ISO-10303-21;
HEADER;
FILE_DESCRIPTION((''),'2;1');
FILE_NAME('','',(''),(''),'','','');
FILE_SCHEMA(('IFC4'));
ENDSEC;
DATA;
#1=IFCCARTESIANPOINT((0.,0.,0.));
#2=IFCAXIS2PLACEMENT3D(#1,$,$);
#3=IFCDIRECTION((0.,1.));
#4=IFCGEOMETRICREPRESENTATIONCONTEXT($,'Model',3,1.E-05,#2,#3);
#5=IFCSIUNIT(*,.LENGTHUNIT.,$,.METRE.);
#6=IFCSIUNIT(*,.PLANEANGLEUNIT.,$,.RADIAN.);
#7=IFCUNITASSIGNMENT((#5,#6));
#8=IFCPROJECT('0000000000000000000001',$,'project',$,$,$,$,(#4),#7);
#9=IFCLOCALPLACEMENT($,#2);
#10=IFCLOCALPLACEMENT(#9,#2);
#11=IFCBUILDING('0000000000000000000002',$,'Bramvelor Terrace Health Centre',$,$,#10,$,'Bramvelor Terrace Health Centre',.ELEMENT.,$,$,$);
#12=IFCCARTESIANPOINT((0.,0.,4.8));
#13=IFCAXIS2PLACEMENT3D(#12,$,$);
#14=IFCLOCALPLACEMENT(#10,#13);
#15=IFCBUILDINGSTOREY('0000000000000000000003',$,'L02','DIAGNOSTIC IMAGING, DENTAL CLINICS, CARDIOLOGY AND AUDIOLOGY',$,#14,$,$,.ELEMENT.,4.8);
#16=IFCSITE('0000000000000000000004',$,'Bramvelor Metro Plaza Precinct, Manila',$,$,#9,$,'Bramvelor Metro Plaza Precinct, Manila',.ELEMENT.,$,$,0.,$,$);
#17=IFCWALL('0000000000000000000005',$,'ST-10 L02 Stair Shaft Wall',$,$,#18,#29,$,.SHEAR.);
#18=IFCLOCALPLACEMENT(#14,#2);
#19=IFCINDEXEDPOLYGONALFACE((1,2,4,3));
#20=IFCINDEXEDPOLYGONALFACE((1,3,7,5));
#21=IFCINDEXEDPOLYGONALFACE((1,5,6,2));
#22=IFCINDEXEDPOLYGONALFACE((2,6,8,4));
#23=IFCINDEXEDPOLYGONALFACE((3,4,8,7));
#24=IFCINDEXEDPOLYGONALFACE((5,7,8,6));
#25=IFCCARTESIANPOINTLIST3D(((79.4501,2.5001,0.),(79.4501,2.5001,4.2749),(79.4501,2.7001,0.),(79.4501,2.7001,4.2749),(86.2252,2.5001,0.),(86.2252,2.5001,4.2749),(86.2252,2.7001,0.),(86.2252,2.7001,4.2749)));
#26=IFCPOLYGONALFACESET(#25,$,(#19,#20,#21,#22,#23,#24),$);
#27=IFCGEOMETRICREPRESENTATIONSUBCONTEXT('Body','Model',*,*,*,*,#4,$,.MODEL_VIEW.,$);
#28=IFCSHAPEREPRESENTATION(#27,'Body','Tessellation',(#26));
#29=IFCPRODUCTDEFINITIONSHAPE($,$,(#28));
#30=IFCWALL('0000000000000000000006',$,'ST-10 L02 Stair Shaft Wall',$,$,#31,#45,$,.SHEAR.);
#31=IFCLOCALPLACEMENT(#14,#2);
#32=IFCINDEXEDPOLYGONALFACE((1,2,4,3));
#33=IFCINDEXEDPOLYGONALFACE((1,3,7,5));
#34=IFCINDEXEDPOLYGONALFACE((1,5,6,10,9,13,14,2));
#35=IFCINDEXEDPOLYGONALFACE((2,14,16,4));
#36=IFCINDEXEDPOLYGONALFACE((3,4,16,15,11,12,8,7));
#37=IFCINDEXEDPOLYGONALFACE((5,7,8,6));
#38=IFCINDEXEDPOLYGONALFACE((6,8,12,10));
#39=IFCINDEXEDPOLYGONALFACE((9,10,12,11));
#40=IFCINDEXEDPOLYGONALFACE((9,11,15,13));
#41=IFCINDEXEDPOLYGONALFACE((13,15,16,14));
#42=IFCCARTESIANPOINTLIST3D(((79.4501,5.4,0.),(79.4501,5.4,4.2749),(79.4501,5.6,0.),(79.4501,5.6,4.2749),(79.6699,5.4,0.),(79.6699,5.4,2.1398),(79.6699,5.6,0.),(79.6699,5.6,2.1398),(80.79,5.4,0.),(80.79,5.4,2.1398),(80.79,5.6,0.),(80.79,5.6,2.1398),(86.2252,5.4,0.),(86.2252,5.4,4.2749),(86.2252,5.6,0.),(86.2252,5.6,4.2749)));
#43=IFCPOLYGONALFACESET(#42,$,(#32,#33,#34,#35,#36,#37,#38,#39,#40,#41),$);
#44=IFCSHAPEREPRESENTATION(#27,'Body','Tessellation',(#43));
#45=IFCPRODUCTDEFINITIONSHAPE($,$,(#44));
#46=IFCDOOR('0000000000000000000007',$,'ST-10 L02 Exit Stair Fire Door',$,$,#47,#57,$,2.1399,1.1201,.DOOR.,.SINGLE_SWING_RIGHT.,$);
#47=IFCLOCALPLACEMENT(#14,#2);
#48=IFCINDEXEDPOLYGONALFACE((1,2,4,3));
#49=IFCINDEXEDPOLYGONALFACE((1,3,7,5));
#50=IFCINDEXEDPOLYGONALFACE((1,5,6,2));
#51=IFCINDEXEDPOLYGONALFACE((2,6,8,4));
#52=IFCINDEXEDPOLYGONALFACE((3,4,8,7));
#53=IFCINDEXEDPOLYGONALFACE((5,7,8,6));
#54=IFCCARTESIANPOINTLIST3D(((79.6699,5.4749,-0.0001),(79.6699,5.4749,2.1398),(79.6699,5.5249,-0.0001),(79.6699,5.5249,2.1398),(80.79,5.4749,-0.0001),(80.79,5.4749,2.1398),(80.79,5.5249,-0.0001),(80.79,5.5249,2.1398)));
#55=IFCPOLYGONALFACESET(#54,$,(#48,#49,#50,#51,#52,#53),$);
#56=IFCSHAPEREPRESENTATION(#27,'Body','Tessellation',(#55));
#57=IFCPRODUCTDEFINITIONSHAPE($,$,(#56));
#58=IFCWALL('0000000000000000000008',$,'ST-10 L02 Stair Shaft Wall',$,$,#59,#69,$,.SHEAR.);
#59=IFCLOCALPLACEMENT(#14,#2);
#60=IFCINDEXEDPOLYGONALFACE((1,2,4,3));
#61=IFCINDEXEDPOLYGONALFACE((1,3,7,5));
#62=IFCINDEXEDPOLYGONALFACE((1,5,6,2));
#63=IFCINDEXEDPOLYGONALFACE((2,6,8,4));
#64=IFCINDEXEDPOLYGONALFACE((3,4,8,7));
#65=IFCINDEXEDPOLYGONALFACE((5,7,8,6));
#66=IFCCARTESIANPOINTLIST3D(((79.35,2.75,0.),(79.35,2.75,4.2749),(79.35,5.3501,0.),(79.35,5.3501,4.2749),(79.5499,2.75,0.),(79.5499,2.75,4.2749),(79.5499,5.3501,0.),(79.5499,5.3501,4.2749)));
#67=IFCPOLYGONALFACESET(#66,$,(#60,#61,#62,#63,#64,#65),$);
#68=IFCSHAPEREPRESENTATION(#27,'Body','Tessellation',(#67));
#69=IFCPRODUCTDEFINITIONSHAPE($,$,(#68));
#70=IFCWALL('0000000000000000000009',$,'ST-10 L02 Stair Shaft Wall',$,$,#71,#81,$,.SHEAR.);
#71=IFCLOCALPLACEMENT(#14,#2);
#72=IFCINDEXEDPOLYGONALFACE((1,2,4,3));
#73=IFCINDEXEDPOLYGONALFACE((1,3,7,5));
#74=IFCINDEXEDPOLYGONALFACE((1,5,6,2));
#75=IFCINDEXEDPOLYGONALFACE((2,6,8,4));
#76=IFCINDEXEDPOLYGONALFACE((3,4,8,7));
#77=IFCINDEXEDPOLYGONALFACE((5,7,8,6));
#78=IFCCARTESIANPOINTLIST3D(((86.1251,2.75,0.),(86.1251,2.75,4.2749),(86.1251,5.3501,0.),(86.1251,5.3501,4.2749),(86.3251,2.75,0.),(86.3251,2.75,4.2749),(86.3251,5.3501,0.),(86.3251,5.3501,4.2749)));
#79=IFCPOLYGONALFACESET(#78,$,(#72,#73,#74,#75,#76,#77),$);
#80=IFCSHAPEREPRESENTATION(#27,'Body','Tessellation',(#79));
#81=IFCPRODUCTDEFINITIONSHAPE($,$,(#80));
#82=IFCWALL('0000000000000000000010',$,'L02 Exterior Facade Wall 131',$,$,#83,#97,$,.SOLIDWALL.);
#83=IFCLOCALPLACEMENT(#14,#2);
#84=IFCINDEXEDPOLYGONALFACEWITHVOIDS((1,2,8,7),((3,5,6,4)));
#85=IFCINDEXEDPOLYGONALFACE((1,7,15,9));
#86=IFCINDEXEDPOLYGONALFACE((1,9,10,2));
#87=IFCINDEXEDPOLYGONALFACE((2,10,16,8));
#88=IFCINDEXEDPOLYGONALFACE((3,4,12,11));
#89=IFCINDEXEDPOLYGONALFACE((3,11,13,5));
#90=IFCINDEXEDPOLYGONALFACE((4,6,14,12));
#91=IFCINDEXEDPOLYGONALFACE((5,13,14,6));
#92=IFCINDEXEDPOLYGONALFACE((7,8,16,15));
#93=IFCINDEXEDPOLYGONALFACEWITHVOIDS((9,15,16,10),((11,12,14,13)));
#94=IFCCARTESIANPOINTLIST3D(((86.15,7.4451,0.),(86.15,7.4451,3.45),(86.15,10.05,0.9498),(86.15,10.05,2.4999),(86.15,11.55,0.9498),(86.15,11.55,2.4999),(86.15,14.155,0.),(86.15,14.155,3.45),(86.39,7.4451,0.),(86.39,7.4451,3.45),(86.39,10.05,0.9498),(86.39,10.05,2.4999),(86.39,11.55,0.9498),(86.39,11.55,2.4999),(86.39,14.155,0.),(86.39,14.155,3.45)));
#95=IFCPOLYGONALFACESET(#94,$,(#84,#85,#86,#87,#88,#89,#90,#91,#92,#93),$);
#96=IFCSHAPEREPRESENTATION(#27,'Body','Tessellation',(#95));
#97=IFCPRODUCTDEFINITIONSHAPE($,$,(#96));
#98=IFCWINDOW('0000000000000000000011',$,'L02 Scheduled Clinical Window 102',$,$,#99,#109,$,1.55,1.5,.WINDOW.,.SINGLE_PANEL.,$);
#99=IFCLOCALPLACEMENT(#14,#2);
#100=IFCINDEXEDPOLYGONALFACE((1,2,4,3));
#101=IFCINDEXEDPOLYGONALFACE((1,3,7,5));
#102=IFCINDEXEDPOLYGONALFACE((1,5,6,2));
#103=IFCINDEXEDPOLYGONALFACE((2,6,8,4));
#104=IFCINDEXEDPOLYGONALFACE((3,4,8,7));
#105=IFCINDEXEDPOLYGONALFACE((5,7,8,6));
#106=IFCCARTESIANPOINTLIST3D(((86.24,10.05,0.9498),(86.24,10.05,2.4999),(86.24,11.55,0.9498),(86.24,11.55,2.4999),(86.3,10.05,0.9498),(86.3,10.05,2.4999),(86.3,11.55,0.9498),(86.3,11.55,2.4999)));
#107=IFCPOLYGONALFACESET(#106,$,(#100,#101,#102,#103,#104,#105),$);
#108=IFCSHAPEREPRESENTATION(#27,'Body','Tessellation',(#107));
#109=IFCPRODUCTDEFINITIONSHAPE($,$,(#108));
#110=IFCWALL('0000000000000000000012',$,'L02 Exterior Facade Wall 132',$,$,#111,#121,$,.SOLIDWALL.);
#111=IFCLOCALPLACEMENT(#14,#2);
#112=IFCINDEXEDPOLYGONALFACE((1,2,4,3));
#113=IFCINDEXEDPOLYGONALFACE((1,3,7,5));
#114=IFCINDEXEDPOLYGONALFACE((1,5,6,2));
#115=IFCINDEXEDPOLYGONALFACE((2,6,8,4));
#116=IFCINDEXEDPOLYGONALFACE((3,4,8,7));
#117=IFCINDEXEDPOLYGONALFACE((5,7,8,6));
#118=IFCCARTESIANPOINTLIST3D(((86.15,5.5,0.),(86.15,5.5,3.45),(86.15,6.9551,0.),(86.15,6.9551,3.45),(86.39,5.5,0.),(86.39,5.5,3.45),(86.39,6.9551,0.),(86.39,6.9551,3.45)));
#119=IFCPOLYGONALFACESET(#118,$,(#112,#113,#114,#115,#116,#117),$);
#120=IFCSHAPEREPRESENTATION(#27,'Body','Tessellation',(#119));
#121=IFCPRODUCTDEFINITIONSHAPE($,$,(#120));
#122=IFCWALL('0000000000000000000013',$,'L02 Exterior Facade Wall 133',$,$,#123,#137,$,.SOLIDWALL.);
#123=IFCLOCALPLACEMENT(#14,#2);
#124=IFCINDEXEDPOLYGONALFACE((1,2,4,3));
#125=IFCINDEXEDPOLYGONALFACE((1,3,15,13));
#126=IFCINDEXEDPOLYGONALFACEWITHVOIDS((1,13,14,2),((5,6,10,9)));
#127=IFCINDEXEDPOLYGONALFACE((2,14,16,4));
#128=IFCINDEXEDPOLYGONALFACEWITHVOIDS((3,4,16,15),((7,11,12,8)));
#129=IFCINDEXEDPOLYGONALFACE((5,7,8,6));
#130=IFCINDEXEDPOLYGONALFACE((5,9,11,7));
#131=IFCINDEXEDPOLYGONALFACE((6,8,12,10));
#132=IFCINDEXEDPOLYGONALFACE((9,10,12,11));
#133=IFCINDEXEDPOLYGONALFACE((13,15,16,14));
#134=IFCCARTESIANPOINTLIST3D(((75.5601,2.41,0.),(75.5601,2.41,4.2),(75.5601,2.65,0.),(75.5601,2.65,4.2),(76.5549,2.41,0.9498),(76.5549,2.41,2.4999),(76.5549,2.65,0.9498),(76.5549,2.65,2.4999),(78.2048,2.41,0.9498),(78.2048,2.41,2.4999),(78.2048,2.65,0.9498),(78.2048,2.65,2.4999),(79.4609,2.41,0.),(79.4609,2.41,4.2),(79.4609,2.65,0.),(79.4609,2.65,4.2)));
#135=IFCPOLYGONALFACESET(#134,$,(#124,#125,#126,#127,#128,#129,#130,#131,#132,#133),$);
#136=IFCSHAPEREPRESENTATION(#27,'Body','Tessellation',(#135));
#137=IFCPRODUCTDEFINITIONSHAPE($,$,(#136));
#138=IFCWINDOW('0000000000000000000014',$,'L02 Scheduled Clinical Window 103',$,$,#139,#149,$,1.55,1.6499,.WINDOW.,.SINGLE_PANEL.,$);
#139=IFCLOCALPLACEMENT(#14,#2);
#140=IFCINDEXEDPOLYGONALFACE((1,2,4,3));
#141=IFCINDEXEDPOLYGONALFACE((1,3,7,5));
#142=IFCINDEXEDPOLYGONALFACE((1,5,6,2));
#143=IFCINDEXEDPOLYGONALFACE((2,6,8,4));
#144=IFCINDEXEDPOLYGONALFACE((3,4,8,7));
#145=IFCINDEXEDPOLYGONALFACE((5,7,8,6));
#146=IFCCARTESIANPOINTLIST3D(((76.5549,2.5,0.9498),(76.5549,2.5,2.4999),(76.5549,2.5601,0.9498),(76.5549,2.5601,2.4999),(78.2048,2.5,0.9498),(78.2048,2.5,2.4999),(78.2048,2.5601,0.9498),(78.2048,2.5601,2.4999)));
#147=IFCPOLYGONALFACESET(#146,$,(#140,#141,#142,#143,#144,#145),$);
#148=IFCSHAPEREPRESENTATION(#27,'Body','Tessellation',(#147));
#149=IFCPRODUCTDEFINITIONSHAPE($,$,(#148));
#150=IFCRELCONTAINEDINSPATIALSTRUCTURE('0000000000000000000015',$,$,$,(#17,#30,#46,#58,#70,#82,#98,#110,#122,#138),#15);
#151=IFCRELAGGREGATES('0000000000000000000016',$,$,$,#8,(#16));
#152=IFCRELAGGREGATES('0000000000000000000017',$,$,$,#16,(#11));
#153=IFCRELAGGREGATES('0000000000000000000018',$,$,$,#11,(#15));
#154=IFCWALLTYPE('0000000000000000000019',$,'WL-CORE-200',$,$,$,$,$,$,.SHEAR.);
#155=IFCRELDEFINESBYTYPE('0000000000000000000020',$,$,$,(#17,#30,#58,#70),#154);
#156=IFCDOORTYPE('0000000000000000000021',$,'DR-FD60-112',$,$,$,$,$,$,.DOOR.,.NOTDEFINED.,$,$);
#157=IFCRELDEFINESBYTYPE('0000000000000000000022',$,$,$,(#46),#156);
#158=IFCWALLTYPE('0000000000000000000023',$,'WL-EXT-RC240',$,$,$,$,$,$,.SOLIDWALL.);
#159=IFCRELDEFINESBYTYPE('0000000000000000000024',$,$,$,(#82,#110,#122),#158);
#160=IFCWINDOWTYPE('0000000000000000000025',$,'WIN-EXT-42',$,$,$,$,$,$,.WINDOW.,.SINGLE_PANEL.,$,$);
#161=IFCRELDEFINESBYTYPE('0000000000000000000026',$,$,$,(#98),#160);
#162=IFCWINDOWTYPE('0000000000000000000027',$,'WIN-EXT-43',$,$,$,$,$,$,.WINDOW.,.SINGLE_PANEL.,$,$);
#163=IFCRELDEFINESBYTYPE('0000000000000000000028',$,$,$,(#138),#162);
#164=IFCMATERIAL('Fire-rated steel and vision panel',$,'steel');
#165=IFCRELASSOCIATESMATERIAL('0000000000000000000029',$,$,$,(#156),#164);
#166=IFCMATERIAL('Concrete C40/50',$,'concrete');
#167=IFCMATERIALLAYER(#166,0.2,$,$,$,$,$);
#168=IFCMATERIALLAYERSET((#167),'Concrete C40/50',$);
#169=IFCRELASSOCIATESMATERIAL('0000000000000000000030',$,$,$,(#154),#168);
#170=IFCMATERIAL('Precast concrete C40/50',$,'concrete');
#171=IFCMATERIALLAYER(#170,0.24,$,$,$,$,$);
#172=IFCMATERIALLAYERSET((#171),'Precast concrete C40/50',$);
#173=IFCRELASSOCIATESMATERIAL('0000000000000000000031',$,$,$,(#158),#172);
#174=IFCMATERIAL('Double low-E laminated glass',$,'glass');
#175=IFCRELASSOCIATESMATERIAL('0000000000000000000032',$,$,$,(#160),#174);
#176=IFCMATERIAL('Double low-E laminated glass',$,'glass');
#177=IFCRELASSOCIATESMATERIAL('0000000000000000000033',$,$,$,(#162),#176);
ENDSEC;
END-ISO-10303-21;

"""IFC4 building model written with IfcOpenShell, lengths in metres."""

from ifc_helpers import new_model, si_unit, direction, frame, frame_2d, origin, place, context, subcontext, project, spatial, rectangle, extrude, material, layer, layer_set, type_object, element, fill, save


model = new_model("IFC4")

# Units and contexts
model_context = context("Model", 3, precision=1e-05, world=origin(), true_north=direction((0.0, 1.0)))
body_context = subcontext(model_context, "Body", "Model", "MODEL_VIEW")
ifc_project = project(units=[si_unit("LENGTHUNIT", "METRE"), si_unit("PLANEANGLEUNIT", "RADIAN")], contexts=[model_context])

# Site, building, storey
site_placement = place(None, origin())
site = spatial("IfcSite", under=ifc_project, at=site_placement, Name="Bramvelor Metro Plaza Precinct, Manila", LongName="Bramvelor Metro Plaza Precinct, Manila", CompositionType="ELEMENT", RefElevation=0.0)
building_placement = place(site_placement, origin())
building = spatial("IfcBuilding", under=site, at=building_placement, Name="Bramvelor Terrace Health Centre", LongName="Bramvelor Terrace Health Centre", CompositionType="ELEMENT")
storey_placement = place(building_placement, frame((0.0, 0.0, 4.8)))
storey = spatial("IfcBuildingStorey", under=building, at=storey_placement, Name="L02", Description="DIAGNOSTIC IMAGING, DENTAL CLINICS, CARDIOLOGY AND AUDIOLOGY", CompositionType="ELEMENT", Elevation=4.8)

# Shared definitions
ifc_material_1 = material(Name="Fire-rated steel and vision panel", Category="steel")
door_type = type_object("IfcDoorType", Name="DR-FD60-112", OperationType="NOTDEFINED", PredefinedType="DOOR", material=ifc_material_1)

# Wall
ifc_material_2 = material(Name="Concrete C40/50", Category="concrete")
ifc_layer_1 = layer(ifc_material_2, 0.2)
ifc_layer_set_1 = layer_set([ifc_layer_1], Name="Concrete C40/50")
wall_type_1 = type_object("IfcWallType", Name="WL-CORE-200", PredefinedType="SHEAR", material=ifc_layer_set_1)
wall_1_placement = place(storey_placement, frame((79.45, 2.6001, 0.0), z_axis=(0.0, 0.0, 1.0), x_axis=(1.0, 0.0, 0.0)))
element("IfcWall", 1, at=wall_1_placement, inside=storey, type_object=wall_type_1, Name="ST-10 L02 Stair Shaft Wall", PredefinedType="SHEAR", context=body_context, shape_type="SweptSolid", body=[
    extrude(rectangle(XDim=6.7751, YDim=0.2, at=frame_2d((3.3877, 0.0))), origin(), (0.0, 0.0, 1.0), 4.2749),
])

# Wall, opening, door
wall_2_placement = place(storey_placement, frame((79.45, 5.5, 0.0), z_axis=(0.0, 0.0, 1.0), x_axis=(1.0, 0.0, 0.0)))
wall_2 = element("IfcWall", 2, at=wall_2_placement, inside=storey, type_object=wall_type_1, Name="ST-10 L02 Stair Shaft Wall", PredefinedType="SHEAR", context=body_context, shape_type="SweptSolid", body=[
    extrude(rectangle(XDim=6.7751, YDim=0.2, at=frame_2d((3.3877, 0.0))), origin(), (0.0, 0.0, 1.0), 4.2749),
])
opening_1_placement = place(wall_2_placement, frame((0.22, 0.0, 0.0)))
opening_1 = element("IfcOpeningElement", 3, at=opening_1_placement, cuts=wall_2, PredefinedType="OPENING", context=body_context, shape_type="SweptSolid", body=[
    extrude(rectangle(XDim=1.1201, YDim=2.1399, at=frame_2d((0.5601, 1.0698))), frame((0.0, 0.1099, 0.0), z_axis=(0.0, -1.0, 0.0), x_axis=(1.0, 0.0, 0.0)), (0.0, 0.0, 1.0), 0.22),
])
door_1_placement = place(opening_1_placement, origin())
door_1 = element("IfcDoor", 4, at=door_1_placement, inside=storey, type_object=door_type, Name="ST-10 L02 Exit Stair Fire Door", OperationType="SINGLE_SWING_RIGHT", OverallHeight=2.1399, OverallWidth=1.1201, PredefinedType="DOOR", context=body_context, shape_type="SweptSolid", body=[
    extrude(rectangle(XDim=1.1201, YDim=2.1399, at=frame_2d((0.5601, 1.0698))), frame((0.0, 0.0249, 0.0), z_axis=(0.0, -1.0, 0.0), x_axis=(1.0, 0.0, 0.0)), (0.0, 0.0, 1.0), 0.05),
])
fill(opening_1, door_1)

# Walls
for number, where, z_axis, x_axis, name in (
    (5, (79.45, 2.75, 0.0), (0.0, 0.0, 1.0), (0.0, 1.0, 0.0), "ST-10 L02 Stair Shaft Wall"),
    (6, (86.2251, 2.75, 0.0), (0.0, 0.0, 1.0), (0.0, 1.0, 0.0), "ST-10 L02 Stair Shaft Wall"),
):
    element("IfcWall", number, at=place(storey_placement, frame(where, z_axis=z_axis, x_axis=x_axis)), inside=storey, type_object=wall_type_1, Name=name, PredefinedType="SHEAR", context=body_context, shape_type="SweptSolid", body=[
        extrude(rectangle(XDim=2.6001, YDim=0.2, at=frame_2d((1.3, 0.0))), origin(), (0.0, 0.0, 1.0), 4.2749),
    ])

# Wall, opening, window
ifc_material_3 = material(Name="Precast concrete C40/50", Category="concrete")
ifc_layer_2 = layer(ifc_material_3, 0.24)
ifc_layer_set_2 = layer_set([ifc_layer_2], Name="Precast concrete C40/50")
wall_type_2 = type_object("IfcWallType", Name="WL-EXT-RC240", PredefinedType="SOLIDWALL", material=ifc_layer_set_2)
wall_3_placement = place(storey_placement, frame((86.27, 14.155, 0.0), z_axis=(0.0, 0.0, 1.0), x_axis=(0.0, -1.0, 0.0)))
wall_3 = element("IfcWall", 7, at=wall_3_placement, inside=storey, type_object=wall_type_2, Name="L02 Exterior Facade Wall 131", PredefinedType="SOLIDWALL", context=body_context, shape_type="SweptSolid", body=[
    extrude(rectangle(XDim=6.71, YDim=0.24, at=frame_2d((3.355, 0.0))), origin(), (0.0, 0.0, 1.0), 3.45),
])
opening_2_placement = place(wall_3_placement, frame((2.605, 0.0, 0.95)))
opening_2 = element("IfcOpeningElement", 8, at=opening_2_placement, cuts=wall_3, PredefinedType="OPENING", context=body_context, shape_type="SweptSolid", body=[
    extrude(rectangle(XDim=1.5, YDim=1.55, at=frame_2d((0.75, 0.7749))), frame((0.0, 0.1299, 0.0), z_axis=(0.0, -1.0, 0.0), x_axis=(1.0, 0.0, 0.0)), (0.0, 0.0, 1.0), 0.26),
])
ifc_material_4 = material(Name="Double low-E laminated glass", Category="glass")
window_type_1 = type_object("IfcWindowType", Name="WIN-EXT-42", PartitioningType="SINGLE_PANEL", PredefinedType="WINDOW", material=ifc_material_4)
window_1_placement = place(opening_2_placement, origin())
window_1 = element("IfcWindow", 9, at=window_1_placement, inside=storey, type_object=window_type_1, Name="L02 Scheduled Clinical Window 102", OverallHeight=1.55, OverallWidth=1.5, PartitioningType="SINGLE_PANEL", PredefinedType="WINDOW", context=body_context, shape_type="SweptSolid", body=[
    extrude(rectangle(XDim=1.5, YDim=1.55, at=frame_2d((0.75, 0.7749))), frame((0.0, 0.03, 0.0), z_axis=(0.0, -1.0, 0.0), x_axis=(1.0, 0.0, 0.0)), (0.0, 0.0, 1.0), 0.0601),
])
fill(opening_2, window_1)

# Wall
wall_4_placement = place(storey_placement, frame((86.27, 6.9551, 0.0), z_axis=(0.0, 0.0, 1.0), x_axis=(0.0, -1.0, 0.0)))
element("IfcWall", 10, at=wall_4_placement, inside=storey, type_object=wall_type_2, Name="L02 Exterior Facade Wall 132", PredefinedType="SOLIDWALL", context=body_context, shape_type="SweptSolid", body=[
    extrude(rectangle(XDim=1.4551, YDim=0.24, at=frame_2d((0.7275, 0.0))), origin(), (0.0, 0.0, 1.0), 3.45),
])

# Wall, opening, window
wall_5_placement = place(storey_placement, frame((79.4609, 2.53, 0.0), z_axis=(0.0, 0.0, 1.0), x_axis=(-1.0, 0.0, 0.0)))
wall_5 = element("IfcWall", 11, at=wall_5_placement, inside=storey, type_object=wall_type_2, Name="L02 Exterior Facade Wall 133", PredefinedType="SOLIDWALL", context=body_context, shape_type="SweptSolid", body=[
    extrude(rectangle(XDim=3.9009, YDim=0.24, at=frame_2d((1.9504, 0.0))), origin(), (0.0, 0.0, 1.0), 4.2),
])
opening_3_placement = place(wall_5_placement, frame((1.2561, 0.0, 0.95)))
opening_3 = element("IfcOpeningElement", 12, at=opening_3_placement, cuts=wall_5, PredefinedType="OPENING", context=body_context, shape_type="SweptSolid", body=[
    extrude(rectangle(XDim=1.6499, YDim=1.55, at=frame_2d((0.825, 0.7749))), frame((0.0, 0.1299, 0.0), z_axis=(0.0, -1.0, 0.0), x_axis=(1.0, 0.0, 0.0)), (0.0, 0.0, 1.0), 0.26),
])
ifc_material_5 = material(Name="Double low-E laminated glass", Category="glass")
window_type_2 = type_object("IfcWindowType", Name="WIN-EXT-43", PartitioningType="SINGLE_PANEL", PredefinedType="WINDOW", material=ifc_material_5)
window_2_placement = place(opening_3_placement, origin())
window_2 = element("IfcWindow", 13, at=window_2_placement, inside=storey, type_object=window_type_2, Name="L02 Scheduled Clinical Window 103", OverallHeight=1.55, OverallWidth=1.6499, PartitioningType="SINGLE_PANEL", PredefinedType="WINDOW", context=body_context, shape_type="SweptSolid", body=[
    extrude(rectangle(XDim=1.6499, YDim=1.55, at=frame_2d((0.825, 0.7749))), frame((0.0, 0.03, 0.0), z_axis=(0.0, -1.0, 0.0), x_axis=(1.0, 0.0, 0.0)), (0.0, 0.0, 1.0), 0.0601),
])
fill(opening_3, window_2)

save(model, "model.ifc")
